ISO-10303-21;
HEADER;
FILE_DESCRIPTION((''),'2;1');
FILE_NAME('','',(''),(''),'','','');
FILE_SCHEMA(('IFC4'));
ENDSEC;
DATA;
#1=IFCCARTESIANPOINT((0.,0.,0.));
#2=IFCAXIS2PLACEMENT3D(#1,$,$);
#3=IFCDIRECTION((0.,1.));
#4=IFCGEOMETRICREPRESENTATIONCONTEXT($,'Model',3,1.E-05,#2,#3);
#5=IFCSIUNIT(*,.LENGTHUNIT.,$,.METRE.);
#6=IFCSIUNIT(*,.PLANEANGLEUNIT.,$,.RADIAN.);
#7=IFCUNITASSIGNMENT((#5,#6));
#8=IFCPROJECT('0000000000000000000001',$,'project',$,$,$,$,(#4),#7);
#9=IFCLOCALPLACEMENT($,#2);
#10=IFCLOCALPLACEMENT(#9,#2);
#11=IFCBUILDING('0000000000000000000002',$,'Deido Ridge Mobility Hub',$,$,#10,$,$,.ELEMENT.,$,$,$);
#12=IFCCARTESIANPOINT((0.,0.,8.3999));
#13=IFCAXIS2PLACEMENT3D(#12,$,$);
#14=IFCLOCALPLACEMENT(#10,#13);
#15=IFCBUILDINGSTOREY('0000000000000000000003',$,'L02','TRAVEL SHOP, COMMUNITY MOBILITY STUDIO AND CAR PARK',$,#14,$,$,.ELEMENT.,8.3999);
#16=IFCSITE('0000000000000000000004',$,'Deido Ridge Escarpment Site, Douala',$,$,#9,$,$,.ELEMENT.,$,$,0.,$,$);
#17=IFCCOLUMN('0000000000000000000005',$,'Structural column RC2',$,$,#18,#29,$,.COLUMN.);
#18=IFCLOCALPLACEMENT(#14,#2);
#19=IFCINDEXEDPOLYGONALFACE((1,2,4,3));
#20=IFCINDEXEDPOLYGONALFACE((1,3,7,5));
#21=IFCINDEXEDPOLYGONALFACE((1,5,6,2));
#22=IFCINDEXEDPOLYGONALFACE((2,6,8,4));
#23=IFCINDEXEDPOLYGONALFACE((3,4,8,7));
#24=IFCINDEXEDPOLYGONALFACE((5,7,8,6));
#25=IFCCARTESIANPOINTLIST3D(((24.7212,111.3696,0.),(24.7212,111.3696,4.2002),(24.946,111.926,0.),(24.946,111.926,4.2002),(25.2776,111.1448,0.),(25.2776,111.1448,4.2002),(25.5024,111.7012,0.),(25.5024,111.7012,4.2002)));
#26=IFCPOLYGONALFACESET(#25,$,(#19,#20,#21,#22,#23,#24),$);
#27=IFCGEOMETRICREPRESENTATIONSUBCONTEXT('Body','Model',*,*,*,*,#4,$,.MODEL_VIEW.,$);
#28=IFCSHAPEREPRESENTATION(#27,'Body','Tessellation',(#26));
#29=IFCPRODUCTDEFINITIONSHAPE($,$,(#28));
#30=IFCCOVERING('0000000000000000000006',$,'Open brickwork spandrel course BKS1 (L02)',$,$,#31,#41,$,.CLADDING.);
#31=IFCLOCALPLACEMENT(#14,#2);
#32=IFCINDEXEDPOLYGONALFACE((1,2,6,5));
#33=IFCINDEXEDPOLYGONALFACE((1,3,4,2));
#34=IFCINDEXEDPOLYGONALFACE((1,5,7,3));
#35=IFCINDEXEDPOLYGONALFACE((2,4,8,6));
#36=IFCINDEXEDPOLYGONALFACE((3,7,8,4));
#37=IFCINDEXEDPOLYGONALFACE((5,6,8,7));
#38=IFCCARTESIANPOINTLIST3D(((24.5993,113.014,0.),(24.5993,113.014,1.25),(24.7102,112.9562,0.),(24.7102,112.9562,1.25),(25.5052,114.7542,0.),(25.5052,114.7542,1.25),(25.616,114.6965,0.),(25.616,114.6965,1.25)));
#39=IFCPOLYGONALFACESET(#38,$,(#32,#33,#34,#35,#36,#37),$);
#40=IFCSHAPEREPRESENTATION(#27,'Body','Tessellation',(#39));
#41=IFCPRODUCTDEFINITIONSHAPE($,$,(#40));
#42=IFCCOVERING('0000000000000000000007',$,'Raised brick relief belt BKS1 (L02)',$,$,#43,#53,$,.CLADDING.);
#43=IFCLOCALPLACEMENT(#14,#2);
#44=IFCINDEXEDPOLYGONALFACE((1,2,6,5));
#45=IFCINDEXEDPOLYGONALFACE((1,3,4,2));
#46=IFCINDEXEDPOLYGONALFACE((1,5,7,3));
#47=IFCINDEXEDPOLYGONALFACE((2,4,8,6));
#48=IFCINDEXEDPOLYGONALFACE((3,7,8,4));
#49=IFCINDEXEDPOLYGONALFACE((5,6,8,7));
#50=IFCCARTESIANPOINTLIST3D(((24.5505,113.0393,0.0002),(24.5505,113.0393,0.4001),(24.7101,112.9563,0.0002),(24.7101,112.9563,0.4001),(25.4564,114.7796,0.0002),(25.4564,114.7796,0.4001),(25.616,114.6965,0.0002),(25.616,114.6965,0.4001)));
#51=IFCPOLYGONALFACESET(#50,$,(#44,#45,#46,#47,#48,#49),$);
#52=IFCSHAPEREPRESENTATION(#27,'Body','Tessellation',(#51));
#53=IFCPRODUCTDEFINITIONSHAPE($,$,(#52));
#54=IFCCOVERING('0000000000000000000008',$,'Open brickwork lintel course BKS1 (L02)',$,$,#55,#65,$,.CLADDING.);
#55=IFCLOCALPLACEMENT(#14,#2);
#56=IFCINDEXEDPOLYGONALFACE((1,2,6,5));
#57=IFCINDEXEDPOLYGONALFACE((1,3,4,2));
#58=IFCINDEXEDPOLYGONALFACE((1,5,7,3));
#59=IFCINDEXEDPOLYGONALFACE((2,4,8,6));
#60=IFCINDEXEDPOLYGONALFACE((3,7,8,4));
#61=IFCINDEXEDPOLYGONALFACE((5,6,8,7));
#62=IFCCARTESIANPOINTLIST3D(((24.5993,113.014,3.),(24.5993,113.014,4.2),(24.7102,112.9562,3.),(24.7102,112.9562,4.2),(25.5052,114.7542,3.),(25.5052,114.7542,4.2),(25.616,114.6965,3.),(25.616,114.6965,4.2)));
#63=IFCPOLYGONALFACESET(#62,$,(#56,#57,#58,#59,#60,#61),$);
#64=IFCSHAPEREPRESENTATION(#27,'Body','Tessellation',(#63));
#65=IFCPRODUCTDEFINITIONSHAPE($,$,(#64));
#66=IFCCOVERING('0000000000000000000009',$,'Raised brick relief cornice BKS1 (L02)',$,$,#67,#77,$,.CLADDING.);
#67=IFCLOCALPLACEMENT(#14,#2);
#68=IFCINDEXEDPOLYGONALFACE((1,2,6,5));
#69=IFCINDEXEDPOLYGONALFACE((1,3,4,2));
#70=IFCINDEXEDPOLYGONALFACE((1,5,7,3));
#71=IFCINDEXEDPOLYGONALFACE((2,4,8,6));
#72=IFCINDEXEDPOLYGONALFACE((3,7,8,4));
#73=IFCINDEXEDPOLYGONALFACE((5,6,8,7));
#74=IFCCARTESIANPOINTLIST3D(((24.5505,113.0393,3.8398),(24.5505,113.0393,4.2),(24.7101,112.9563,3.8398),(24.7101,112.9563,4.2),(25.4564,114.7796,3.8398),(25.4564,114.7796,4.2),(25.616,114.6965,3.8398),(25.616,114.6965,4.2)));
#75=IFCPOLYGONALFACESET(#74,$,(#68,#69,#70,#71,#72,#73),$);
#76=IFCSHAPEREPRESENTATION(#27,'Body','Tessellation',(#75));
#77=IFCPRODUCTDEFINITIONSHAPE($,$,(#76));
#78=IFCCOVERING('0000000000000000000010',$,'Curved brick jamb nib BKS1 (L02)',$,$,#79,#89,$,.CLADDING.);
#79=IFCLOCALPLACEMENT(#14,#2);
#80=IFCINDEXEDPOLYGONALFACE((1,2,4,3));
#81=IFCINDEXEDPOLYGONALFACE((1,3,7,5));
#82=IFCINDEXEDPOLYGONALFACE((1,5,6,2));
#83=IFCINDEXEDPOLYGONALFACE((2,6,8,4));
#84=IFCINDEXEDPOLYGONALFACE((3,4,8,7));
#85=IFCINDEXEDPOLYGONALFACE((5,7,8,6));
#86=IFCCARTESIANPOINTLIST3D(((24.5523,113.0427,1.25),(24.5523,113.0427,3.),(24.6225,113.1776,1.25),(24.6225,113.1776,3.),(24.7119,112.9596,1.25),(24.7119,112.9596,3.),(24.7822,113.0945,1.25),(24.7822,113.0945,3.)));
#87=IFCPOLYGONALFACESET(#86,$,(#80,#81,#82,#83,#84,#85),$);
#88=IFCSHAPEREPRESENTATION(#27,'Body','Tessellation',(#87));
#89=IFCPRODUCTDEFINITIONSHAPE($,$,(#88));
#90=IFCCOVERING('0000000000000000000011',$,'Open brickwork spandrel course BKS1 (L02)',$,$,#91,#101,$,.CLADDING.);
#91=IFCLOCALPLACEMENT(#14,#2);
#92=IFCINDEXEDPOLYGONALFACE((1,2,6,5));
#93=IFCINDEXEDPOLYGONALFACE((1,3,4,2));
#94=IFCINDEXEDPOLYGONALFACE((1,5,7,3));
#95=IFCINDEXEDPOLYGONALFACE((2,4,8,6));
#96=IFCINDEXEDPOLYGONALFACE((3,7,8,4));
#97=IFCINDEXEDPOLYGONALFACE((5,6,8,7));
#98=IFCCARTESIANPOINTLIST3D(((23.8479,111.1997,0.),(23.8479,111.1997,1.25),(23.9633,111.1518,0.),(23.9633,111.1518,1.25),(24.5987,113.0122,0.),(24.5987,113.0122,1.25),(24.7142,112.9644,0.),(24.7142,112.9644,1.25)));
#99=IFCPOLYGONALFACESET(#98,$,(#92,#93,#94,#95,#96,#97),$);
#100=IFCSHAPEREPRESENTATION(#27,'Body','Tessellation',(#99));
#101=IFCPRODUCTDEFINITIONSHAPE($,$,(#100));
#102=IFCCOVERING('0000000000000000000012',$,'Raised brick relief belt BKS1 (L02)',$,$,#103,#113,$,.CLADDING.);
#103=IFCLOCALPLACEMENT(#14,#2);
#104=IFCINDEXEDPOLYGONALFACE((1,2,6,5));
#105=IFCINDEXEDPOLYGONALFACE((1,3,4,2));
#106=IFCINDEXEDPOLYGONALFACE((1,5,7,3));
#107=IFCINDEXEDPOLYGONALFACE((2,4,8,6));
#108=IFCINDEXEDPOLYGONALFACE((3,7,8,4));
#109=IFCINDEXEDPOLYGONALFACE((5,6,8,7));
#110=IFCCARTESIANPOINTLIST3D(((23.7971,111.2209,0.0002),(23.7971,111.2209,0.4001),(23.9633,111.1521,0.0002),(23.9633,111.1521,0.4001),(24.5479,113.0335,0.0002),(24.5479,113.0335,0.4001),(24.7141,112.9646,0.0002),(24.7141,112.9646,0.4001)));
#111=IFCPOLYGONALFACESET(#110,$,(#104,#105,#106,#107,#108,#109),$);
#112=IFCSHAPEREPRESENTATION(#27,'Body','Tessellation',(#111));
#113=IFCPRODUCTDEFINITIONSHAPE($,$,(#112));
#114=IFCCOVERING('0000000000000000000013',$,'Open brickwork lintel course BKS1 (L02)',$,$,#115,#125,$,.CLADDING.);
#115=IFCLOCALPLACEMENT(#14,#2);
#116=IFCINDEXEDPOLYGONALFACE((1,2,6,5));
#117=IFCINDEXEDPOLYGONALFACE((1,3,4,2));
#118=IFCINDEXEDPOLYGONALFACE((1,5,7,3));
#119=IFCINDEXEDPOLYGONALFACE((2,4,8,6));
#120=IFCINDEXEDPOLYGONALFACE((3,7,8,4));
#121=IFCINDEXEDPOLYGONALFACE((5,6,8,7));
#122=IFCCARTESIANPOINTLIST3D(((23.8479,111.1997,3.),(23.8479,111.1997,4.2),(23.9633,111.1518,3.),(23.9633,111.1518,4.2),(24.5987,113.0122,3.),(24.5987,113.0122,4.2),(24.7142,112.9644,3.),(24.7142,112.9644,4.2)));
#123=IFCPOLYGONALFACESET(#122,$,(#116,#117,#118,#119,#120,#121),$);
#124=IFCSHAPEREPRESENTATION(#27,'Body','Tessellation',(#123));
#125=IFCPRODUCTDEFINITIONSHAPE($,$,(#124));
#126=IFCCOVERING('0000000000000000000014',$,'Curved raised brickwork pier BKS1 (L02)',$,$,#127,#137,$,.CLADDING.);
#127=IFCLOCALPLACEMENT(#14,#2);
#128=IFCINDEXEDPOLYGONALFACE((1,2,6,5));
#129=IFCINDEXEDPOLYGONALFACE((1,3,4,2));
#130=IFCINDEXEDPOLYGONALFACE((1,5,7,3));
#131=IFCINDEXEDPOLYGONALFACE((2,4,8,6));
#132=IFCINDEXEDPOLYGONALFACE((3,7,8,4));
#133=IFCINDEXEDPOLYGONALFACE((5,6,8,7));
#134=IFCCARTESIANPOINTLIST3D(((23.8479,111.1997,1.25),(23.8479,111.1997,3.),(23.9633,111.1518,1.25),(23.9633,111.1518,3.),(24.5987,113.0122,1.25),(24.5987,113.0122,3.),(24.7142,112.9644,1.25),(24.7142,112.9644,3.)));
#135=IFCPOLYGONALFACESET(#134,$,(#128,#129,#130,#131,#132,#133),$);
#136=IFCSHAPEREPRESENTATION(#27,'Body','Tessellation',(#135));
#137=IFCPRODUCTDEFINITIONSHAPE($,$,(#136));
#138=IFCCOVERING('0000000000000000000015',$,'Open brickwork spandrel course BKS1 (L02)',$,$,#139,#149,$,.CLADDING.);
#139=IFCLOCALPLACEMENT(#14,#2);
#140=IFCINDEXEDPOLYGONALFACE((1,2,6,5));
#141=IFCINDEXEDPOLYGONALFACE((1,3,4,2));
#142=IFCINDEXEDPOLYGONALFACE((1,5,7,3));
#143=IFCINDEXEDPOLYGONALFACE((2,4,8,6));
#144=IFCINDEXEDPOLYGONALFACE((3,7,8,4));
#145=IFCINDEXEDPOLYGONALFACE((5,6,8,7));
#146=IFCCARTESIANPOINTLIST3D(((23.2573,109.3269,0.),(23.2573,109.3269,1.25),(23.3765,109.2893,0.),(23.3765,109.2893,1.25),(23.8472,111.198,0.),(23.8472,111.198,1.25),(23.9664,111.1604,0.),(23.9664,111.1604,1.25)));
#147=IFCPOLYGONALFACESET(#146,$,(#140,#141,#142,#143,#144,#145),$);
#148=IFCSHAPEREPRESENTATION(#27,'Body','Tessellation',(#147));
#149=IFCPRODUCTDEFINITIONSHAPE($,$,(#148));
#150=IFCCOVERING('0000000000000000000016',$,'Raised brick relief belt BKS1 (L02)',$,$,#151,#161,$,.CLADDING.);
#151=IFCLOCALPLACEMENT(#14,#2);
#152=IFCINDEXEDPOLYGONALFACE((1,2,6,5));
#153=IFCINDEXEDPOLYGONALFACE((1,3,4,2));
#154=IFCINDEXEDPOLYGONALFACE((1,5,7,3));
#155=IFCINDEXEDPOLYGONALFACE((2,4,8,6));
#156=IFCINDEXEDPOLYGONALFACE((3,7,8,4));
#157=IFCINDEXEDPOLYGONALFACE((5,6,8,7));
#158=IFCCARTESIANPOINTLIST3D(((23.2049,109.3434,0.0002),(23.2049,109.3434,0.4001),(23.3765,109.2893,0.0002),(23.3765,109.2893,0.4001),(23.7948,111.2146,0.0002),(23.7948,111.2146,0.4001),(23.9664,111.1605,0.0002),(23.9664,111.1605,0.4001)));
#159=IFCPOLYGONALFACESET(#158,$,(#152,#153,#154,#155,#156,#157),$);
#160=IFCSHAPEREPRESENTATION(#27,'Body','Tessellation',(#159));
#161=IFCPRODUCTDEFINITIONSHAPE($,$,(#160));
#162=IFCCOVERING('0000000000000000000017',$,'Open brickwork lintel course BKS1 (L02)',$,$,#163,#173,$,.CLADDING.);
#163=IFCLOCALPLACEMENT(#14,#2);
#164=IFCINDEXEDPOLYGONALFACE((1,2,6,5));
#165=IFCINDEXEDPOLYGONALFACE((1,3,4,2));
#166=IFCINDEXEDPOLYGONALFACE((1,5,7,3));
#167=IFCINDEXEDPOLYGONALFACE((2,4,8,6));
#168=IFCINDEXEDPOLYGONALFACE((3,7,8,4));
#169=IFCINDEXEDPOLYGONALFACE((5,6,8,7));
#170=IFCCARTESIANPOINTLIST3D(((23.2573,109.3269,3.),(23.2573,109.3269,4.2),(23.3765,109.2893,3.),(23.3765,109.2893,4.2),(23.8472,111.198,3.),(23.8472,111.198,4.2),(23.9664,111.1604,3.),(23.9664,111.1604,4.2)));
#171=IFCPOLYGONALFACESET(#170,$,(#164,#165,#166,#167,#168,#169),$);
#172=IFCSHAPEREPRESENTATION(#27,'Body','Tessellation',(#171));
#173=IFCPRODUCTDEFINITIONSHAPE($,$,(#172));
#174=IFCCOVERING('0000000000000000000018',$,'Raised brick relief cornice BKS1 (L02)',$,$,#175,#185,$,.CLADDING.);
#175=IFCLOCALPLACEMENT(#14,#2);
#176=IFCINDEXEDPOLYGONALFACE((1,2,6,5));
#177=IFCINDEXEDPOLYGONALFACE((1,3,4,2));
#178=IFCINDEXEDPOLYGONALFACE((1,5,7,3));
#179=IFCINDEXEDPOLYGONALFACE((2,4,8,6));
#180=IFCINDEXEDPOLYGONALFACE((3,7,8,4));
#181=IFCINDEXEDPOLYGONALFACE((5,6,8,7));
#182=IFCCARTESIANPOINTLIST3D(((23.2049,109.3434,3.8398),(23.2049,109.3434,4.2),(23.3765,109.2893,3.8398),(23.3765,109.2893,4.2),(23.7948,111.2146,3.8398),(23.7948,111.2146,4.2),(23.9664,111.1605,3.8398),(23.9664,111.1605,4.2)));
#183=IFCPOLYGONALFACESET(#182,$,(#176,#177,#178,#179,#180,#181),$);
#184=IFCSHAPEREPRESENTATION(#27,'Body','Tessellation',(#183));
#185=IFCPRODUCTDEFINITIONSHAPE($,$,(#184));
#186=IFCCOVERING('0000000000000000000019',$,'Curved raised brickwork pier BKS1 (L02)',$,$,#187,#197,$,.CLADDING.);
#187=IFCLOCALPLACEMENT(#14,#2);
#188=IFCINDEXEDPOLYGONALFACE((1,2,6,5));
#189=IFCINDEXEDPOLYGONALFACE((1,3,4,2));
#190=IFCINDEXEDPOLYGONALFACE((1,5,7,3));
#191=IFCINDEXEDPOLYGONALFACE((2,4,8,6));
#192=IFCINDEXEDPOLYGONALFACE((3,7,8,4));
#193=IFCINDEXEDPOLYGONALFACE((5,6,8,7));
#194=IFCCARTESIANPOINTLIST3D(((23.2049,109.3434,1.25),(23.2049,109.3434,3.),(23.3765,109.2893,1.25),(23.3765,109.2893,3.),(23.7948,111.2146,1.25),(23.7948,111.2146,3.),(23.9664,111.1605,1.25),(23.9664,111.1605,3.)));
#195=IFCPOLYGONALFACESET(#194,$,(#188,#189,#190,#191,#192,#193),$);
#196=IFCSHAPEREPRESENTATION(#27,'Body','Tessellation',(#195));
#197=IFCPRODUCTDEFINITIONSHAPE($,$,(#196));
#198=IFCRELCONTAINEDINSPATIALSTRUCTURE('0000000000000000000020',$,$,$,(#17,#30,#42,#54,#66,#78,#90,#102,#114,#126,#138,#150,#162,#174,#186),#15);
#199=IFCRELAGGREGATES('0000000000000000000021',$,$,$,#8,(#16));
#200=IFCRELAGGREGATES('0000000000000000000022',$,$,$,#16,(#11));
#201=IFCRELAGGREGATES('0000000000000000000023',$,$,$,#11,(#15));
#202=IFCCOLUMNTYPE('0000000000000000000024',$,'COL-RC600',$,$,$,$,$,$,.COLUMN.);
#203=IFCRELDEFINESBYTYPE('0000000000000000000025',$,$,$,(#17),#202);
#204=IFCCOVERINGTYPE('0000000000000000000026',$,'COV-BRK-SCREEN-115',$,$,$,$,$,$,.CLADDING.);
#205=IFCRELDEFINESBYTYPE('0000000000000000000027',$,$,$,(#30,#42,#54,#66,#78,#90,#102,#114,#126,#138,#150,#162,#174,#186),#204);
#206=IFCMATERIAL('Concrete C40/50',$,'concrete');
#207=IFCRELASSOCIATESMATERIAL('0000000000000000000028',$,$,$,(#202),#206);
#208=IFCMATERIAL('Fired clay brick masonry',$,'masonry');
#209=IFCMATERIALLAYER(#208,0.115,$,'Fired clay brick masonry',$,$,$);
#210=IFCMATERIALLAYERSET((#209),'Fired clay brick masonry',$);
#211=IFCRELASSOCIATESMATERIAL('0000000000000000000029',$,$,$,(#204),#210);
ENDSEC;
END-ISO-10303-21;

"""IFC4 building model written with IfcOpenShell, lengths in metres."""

from ifc_helpers import new_model, si_unit, direction, frame, origin, origin_2d, place, context, subcontext, project, spatial, rectangle, extrude, material, layer, layer_set, material_profile, profile_set, type_object, element, save


model = new_model("IFC4")

# Units and contexts
model_context = context("Model", 3, precision=1e-05, world=origin(), true_north=direction((0.0, 1.0)))
body_context = subcontext(model_context, "Body", "Model", "MODEL_VIEW")
ifc_project = project(units=[si_unit("LENGTHUNIT", "METRE"), si_unit("PLANEANGLEUNIT", "RADIAN")], contexts=[model_context])

# Site, building, storey
site_placement = place(None, origin())
site = spatial("IfcSite", under=ifc_project, at=site_placement, Name="Deido Ridge Escarpment Site, Douala", CompositionType="ELEMENT", RefElevation=0.0)
building_placement = place(site_placement, origin())
building = spatial("IfcBuilding", under=site, at=building_placement, Name="Deido Ridge Mobility Hub", CompositionType="ELEMENT")
storey_placement = place(building_placement, frame((0.0, 0.0, 8.3999)))
storey = spatial("IfcBuildingStorey", under=building, at=storey_placement, Name="L02", Description="TRAVEL SHOP, COMMUNITY MOBILITY STUDIO AND CAR PARK", CompositionType="ELEMENT", Elevation=8.3999)

# Column
ifc_material_1 = material(Name="Concrete C40/50", Category="concrete")
ifc_material_profile = material_profile(ifc_material_1, rectangle(XDim=0.6001, YDim=0.6001, at=origin_2d()), Name="RC COL 600x600")
ifc_profile_set = profile_set([ifc_material_profile], Name="Concrete C40/50")
column_type = type_object("IfcColumnType", Name="COL-RC600", PredefinedType="COLUMN", material=ifc_profile_set)
column_placement = place(storey_placement, frame((25.1118, 111.5354, 0.0), z_axis=(0.0, 0.0, 1.0), x_axis=(-0.927184, 0.374607, 0.0)))
element("IfcColumn", 1, at=column_placement, inside=storey, type_object=column_type, Name="Structural column RC2", PredefinedType="COLUMN", context=body_context, shape_type="SweptSolid", body=[
    extrude(rectangle(XDim=0.6001, YDim=0.6001, at=origin_2d()), origin(), (0.0, 0.0, 1.0), 4.2002),
])

# Coverings
ifc_material_2 = material(Name="Fired clay brick masonry", Category="masonry")
ifc_layer = layer(ifc_material_2, 0.115, Name="Fired clay brick masonry")
ifc_layer_set = layer_set([ifc_layer], Name="Fired clay brick masonry")
covering_type = type_object("IfcCoveringType", Name="COV-BRK-SCREEN-115", PredefinedType="CLADDING", material=ifc_layer_set)
covering_1_placement = place(storey_placement, frame((25.1077, 113.8552, 0.0), z_axis=(0.0, 0.0, 1.0), x_axis=(-0.461733, -0.887019, 0.0)))
element("IfcCovering", 2, at=covering_1_placement, inside=storey, type_object=covering_type, Name="Open brickwork spandrel course BKS1 (L02)", PredefinedType="CLADDING", context=body_context, shape_type="SweptSolid", body=[
    extrude(rectangle(XDim=1.9619, YDim=0.125, at=origin_2d()), origin(), (0.0, 0.0, 1.0), 1.25),
])
covering_2_placement = place(storey_placement, frame((25.0833, 113.8679, 0.0002), z_axis=(0.0, 0.0, 1.0), x_axis=(-0.461733, -0.887019, 0.0)))
element("IfcCovering", 3, at=covering_2_placement, inside=storey, type_object=covering_type, Name="Raised brick relief belt BKS1 (L02)", PredefinedType="CLADDING", context=body_context, shape_type="SweptSolid", body=[
    extrude(rectangle(XDim=1.9619, YDim=0.1799, at=origin_2d()), origin(), (0.0, 0.0, 1.0), 0.3999),
])
covering_3_placement = place(storey_placement, frame((25.1077, 113.8552, 3.0), z_axis=(0.0, 0.0, 1.0), x_axis=(-0.461733, -0.887019, 0.0)))
element("IfcCovering", 4, at=covering_3_placement, inside=storey, type_object=covering_type, Name="Open brickwork lintel course BKS1 (L02)", PredefinedType="CLADDING", context=body_context, shape_type="SweptSolid", body=[
    extrude(rectangle(XDim=1.9619, YDim=0.125, at=origin_2d()), origin(), (0.0, 0.0, 1.0), 1.2),
])
covering_4_placement = place(storey_placement, frame((25.0833, 113.8679, 3.8398), z_axis=(0.0, 0.0, 1.0), x_axis=(-0.461733, -0.887019, 0.0)))
element("IfcCovering", 5, at=covering_4_placement, inside=storey, type_object=covering_type, Name="Raised brick relief cornice BKS1 (L02)", PredefinedType="CLADDING", context=body_context, shape_type="SweptSolid", body=[
    extrude(rectangle(XDim=1.9619, YDim=0.1799, at=origin_2d()), origin(), (0.0, 0.0, 1.0), 0.3601),
])
covering_5_placement = place(storey_placement, frame((24.6672, 113.0686, 1.25), z_axis=(0.0, 0.0, 1.0), x_axis=(-0.461733, -0.887019, 0.0)))
element("IfcCovering", 6, at=covering_5_placement, inside=storey, type_object=covering_type, Name="Curved brick jamb nib BKS1 (L02)", PredefinedType="CLADDING", context=body_context, shape_type="SweptSolid", body=[
    extrude(rectangle(XDim=0.1521, YDim=0.1799, at=origin_2d()), origin(), (0.0, 0.0, 1.0), 1.75),
])
covering_6_placement = place(storey_placement, frame((24.281, 112.082, 0.0), z_axis=(0.0, 0.0, 1.0), x_axis=(-0.3827, -0.923873, 0.0)))
element("IfcCovering", 7, at=covering_6_placement, inside=storey, type_object=covering_type, Name="Open brickwork spandrel course BKS1 (L02)", PredefinedType="CLADDING", context=body_context, shape_type="SweptSolid", body=[
    extrude(rectangle(XDim=1.9619, YDim=0.125, at=origin_2d()), origin(), (0.0, 0.0, 1.0), 1.25),
])
covering_7_placement = place(storey_placement, frame((24.2556, 112.0928, 0.0002), z_axis=(0.0, 0.0, 1.0), x_axis=(-0.3827, -0.923873, 0.0)))
element("IfcCovering", 8, at=covering_7_placement, inside=storey, type_object=covering_type, Name="Raised brick relief belt BKS1 (L02)", PredefinedType="CLADDING", context=body_context, shape_type="SweptSolid", body=[
    extrude(rectangle(XDim=1.9619, YDim=0.1799, at=origin_2d()), origin(), (0.0, 0.0, 1.0), 0.3999),
])
covering_8_placement = place(storey_placement, frame((24.281, 112.082, 3.0), z_axis=(0.0, 0.0, 1.0), x_axis=(-0.3827, -0.923873, 0.0)))
element("IfcCovering", 9, at=covering_8_placement, inside=storey, type_object=covering_type, Name="Open brickwork lintel course BKS1 (L02)", PredefinedType="CLADDING", context=body_context, shape_type="SweptSolid", body=[
    extrude(rectangle(XDim=1.9619, YDim=0.125, at=origin_2d()), origin(), (0.0, 0.0, 1.0), 1.2),
])
covering_9_placement = place(storey_placement, frame((24.281, 112.082, 1.25), z_axis=(0.0, 0.0, 1.0), x_axis=(-0.3827, -0.923873, 0.0)))
element("IfcCovering", 10, at=covering_9_placement, inside=storey, type_object=covering_type, Name="Curved raised brickwork pier BKS1 (L02)", PredefinedType="CLADDING", context=body_context, shape_type="SweptSolid", body=[
    extrude(rectangle(XDim=1.9619, YDim=0.125, at=origin_2d()), origin(), (0.0, 0.0, 1.0), 1.75),
])
covering_10_placement = place(storey_placement, frame((23.6118, 110.2437, 0.0), z_axis=(0.0, 0.0, 1.0), x_axis=(-0.300673, -0.953727, 0.0)))
element("IfcCovering", 11, at=covering_10_placement, inside=storey, type_object=covering_type, Name="Open brickwork spandrel course BKS1 (L02)", PredefinedType="CLADDING", context=body_context, shape_type="SweptSolid", body=[
    extrude(rectangle(XDim=1.9619, YDim=0.125, at=origin_2d()), origin(), (0.0, 0.0, 1.0), 1.25),
])
covering_11_placement = place(storey_placement, frame((23.5857, 110.252, 0.0002), z_axis=(0.0, 0.0, 1.0), x_axis=(-0.300673, -0.953727, 0.0)))
element("IfcCovering", 12, at=covering_11_placement, inside=storey, type_object=covering_type, Name="Raised brick relief belt BKS1 (L02)", PredefinedType="CLADDING", context=body_context, shape_type="SweptSolid", body=[
    extrude(rectangle(XDim=1.9619, YDim=0.1799, at=origin_2d()), origin(), (0.0, 0.0, 1.0), 0.3999),
])
covering_12_placement = place(storey_placement, frame((23.6118, 110.2437, 3.0), z_axis=(0.0, 0.0, 1.0), x_axis=(-0.300673, -0.953727, 0.0)))
element("IfcCovering", 13, at=covering_12_placement, inside=storey, type_object=covering_type, Name="Open brickwork lintel course BKS1 (L02)", PredefinedType="CLADDING", context=body_context, shape_type="SweptSolid", body=[
    extrude(rectangle(XDim=1.9619, YDim=0.125, at=origin_2d()), origin(), (0.0, 0.0, 1.0), 1.2),
])
covering_13_placement = place(storey_placement, frame((23.5857, 110.252, 3.8398), z_axis=(0.0, 0.0, 1.0), x_axis=(-0.300673, -0.953727, 0.0)))
element("IfcCovering", 14, at=covering_13_placement, inside=storey, type_object=covering_type, Name="Raised brick relief cornice BKS1 (L02)", PredefinedType="CLADDING", context=body_context, shape_type="SweptSolid", body=[
    extrude(rectangle(XDim=1.9619, YDim=0.1799, at=origin_2d()), origin(), (0.0, 0.0, 1.0), 0.3601),
])
covering_14_placement = place(storey_placement, frame((23.5857, 110.252, 1.25), z_axis=(0.0, 0.0, 1.0), x_axis=(-0.300673, -0.953727, 0.0)))
element("IfcCovering", 15, at=covering_14_placement, inside=storey, type_object=covering_type, Name="Curved raised brickwork pier BKS1 (L02)", PredefinedType="CLADDING", context=body_context, shape_type="SweptSolid", body=[
    extrude(rectangle(XDim=1.9619, YDim=0.1799, at=origin_2d()), origin(), (0.0, 0.0, 1.0), 1.75),
])

save(model, "model.ifc")
